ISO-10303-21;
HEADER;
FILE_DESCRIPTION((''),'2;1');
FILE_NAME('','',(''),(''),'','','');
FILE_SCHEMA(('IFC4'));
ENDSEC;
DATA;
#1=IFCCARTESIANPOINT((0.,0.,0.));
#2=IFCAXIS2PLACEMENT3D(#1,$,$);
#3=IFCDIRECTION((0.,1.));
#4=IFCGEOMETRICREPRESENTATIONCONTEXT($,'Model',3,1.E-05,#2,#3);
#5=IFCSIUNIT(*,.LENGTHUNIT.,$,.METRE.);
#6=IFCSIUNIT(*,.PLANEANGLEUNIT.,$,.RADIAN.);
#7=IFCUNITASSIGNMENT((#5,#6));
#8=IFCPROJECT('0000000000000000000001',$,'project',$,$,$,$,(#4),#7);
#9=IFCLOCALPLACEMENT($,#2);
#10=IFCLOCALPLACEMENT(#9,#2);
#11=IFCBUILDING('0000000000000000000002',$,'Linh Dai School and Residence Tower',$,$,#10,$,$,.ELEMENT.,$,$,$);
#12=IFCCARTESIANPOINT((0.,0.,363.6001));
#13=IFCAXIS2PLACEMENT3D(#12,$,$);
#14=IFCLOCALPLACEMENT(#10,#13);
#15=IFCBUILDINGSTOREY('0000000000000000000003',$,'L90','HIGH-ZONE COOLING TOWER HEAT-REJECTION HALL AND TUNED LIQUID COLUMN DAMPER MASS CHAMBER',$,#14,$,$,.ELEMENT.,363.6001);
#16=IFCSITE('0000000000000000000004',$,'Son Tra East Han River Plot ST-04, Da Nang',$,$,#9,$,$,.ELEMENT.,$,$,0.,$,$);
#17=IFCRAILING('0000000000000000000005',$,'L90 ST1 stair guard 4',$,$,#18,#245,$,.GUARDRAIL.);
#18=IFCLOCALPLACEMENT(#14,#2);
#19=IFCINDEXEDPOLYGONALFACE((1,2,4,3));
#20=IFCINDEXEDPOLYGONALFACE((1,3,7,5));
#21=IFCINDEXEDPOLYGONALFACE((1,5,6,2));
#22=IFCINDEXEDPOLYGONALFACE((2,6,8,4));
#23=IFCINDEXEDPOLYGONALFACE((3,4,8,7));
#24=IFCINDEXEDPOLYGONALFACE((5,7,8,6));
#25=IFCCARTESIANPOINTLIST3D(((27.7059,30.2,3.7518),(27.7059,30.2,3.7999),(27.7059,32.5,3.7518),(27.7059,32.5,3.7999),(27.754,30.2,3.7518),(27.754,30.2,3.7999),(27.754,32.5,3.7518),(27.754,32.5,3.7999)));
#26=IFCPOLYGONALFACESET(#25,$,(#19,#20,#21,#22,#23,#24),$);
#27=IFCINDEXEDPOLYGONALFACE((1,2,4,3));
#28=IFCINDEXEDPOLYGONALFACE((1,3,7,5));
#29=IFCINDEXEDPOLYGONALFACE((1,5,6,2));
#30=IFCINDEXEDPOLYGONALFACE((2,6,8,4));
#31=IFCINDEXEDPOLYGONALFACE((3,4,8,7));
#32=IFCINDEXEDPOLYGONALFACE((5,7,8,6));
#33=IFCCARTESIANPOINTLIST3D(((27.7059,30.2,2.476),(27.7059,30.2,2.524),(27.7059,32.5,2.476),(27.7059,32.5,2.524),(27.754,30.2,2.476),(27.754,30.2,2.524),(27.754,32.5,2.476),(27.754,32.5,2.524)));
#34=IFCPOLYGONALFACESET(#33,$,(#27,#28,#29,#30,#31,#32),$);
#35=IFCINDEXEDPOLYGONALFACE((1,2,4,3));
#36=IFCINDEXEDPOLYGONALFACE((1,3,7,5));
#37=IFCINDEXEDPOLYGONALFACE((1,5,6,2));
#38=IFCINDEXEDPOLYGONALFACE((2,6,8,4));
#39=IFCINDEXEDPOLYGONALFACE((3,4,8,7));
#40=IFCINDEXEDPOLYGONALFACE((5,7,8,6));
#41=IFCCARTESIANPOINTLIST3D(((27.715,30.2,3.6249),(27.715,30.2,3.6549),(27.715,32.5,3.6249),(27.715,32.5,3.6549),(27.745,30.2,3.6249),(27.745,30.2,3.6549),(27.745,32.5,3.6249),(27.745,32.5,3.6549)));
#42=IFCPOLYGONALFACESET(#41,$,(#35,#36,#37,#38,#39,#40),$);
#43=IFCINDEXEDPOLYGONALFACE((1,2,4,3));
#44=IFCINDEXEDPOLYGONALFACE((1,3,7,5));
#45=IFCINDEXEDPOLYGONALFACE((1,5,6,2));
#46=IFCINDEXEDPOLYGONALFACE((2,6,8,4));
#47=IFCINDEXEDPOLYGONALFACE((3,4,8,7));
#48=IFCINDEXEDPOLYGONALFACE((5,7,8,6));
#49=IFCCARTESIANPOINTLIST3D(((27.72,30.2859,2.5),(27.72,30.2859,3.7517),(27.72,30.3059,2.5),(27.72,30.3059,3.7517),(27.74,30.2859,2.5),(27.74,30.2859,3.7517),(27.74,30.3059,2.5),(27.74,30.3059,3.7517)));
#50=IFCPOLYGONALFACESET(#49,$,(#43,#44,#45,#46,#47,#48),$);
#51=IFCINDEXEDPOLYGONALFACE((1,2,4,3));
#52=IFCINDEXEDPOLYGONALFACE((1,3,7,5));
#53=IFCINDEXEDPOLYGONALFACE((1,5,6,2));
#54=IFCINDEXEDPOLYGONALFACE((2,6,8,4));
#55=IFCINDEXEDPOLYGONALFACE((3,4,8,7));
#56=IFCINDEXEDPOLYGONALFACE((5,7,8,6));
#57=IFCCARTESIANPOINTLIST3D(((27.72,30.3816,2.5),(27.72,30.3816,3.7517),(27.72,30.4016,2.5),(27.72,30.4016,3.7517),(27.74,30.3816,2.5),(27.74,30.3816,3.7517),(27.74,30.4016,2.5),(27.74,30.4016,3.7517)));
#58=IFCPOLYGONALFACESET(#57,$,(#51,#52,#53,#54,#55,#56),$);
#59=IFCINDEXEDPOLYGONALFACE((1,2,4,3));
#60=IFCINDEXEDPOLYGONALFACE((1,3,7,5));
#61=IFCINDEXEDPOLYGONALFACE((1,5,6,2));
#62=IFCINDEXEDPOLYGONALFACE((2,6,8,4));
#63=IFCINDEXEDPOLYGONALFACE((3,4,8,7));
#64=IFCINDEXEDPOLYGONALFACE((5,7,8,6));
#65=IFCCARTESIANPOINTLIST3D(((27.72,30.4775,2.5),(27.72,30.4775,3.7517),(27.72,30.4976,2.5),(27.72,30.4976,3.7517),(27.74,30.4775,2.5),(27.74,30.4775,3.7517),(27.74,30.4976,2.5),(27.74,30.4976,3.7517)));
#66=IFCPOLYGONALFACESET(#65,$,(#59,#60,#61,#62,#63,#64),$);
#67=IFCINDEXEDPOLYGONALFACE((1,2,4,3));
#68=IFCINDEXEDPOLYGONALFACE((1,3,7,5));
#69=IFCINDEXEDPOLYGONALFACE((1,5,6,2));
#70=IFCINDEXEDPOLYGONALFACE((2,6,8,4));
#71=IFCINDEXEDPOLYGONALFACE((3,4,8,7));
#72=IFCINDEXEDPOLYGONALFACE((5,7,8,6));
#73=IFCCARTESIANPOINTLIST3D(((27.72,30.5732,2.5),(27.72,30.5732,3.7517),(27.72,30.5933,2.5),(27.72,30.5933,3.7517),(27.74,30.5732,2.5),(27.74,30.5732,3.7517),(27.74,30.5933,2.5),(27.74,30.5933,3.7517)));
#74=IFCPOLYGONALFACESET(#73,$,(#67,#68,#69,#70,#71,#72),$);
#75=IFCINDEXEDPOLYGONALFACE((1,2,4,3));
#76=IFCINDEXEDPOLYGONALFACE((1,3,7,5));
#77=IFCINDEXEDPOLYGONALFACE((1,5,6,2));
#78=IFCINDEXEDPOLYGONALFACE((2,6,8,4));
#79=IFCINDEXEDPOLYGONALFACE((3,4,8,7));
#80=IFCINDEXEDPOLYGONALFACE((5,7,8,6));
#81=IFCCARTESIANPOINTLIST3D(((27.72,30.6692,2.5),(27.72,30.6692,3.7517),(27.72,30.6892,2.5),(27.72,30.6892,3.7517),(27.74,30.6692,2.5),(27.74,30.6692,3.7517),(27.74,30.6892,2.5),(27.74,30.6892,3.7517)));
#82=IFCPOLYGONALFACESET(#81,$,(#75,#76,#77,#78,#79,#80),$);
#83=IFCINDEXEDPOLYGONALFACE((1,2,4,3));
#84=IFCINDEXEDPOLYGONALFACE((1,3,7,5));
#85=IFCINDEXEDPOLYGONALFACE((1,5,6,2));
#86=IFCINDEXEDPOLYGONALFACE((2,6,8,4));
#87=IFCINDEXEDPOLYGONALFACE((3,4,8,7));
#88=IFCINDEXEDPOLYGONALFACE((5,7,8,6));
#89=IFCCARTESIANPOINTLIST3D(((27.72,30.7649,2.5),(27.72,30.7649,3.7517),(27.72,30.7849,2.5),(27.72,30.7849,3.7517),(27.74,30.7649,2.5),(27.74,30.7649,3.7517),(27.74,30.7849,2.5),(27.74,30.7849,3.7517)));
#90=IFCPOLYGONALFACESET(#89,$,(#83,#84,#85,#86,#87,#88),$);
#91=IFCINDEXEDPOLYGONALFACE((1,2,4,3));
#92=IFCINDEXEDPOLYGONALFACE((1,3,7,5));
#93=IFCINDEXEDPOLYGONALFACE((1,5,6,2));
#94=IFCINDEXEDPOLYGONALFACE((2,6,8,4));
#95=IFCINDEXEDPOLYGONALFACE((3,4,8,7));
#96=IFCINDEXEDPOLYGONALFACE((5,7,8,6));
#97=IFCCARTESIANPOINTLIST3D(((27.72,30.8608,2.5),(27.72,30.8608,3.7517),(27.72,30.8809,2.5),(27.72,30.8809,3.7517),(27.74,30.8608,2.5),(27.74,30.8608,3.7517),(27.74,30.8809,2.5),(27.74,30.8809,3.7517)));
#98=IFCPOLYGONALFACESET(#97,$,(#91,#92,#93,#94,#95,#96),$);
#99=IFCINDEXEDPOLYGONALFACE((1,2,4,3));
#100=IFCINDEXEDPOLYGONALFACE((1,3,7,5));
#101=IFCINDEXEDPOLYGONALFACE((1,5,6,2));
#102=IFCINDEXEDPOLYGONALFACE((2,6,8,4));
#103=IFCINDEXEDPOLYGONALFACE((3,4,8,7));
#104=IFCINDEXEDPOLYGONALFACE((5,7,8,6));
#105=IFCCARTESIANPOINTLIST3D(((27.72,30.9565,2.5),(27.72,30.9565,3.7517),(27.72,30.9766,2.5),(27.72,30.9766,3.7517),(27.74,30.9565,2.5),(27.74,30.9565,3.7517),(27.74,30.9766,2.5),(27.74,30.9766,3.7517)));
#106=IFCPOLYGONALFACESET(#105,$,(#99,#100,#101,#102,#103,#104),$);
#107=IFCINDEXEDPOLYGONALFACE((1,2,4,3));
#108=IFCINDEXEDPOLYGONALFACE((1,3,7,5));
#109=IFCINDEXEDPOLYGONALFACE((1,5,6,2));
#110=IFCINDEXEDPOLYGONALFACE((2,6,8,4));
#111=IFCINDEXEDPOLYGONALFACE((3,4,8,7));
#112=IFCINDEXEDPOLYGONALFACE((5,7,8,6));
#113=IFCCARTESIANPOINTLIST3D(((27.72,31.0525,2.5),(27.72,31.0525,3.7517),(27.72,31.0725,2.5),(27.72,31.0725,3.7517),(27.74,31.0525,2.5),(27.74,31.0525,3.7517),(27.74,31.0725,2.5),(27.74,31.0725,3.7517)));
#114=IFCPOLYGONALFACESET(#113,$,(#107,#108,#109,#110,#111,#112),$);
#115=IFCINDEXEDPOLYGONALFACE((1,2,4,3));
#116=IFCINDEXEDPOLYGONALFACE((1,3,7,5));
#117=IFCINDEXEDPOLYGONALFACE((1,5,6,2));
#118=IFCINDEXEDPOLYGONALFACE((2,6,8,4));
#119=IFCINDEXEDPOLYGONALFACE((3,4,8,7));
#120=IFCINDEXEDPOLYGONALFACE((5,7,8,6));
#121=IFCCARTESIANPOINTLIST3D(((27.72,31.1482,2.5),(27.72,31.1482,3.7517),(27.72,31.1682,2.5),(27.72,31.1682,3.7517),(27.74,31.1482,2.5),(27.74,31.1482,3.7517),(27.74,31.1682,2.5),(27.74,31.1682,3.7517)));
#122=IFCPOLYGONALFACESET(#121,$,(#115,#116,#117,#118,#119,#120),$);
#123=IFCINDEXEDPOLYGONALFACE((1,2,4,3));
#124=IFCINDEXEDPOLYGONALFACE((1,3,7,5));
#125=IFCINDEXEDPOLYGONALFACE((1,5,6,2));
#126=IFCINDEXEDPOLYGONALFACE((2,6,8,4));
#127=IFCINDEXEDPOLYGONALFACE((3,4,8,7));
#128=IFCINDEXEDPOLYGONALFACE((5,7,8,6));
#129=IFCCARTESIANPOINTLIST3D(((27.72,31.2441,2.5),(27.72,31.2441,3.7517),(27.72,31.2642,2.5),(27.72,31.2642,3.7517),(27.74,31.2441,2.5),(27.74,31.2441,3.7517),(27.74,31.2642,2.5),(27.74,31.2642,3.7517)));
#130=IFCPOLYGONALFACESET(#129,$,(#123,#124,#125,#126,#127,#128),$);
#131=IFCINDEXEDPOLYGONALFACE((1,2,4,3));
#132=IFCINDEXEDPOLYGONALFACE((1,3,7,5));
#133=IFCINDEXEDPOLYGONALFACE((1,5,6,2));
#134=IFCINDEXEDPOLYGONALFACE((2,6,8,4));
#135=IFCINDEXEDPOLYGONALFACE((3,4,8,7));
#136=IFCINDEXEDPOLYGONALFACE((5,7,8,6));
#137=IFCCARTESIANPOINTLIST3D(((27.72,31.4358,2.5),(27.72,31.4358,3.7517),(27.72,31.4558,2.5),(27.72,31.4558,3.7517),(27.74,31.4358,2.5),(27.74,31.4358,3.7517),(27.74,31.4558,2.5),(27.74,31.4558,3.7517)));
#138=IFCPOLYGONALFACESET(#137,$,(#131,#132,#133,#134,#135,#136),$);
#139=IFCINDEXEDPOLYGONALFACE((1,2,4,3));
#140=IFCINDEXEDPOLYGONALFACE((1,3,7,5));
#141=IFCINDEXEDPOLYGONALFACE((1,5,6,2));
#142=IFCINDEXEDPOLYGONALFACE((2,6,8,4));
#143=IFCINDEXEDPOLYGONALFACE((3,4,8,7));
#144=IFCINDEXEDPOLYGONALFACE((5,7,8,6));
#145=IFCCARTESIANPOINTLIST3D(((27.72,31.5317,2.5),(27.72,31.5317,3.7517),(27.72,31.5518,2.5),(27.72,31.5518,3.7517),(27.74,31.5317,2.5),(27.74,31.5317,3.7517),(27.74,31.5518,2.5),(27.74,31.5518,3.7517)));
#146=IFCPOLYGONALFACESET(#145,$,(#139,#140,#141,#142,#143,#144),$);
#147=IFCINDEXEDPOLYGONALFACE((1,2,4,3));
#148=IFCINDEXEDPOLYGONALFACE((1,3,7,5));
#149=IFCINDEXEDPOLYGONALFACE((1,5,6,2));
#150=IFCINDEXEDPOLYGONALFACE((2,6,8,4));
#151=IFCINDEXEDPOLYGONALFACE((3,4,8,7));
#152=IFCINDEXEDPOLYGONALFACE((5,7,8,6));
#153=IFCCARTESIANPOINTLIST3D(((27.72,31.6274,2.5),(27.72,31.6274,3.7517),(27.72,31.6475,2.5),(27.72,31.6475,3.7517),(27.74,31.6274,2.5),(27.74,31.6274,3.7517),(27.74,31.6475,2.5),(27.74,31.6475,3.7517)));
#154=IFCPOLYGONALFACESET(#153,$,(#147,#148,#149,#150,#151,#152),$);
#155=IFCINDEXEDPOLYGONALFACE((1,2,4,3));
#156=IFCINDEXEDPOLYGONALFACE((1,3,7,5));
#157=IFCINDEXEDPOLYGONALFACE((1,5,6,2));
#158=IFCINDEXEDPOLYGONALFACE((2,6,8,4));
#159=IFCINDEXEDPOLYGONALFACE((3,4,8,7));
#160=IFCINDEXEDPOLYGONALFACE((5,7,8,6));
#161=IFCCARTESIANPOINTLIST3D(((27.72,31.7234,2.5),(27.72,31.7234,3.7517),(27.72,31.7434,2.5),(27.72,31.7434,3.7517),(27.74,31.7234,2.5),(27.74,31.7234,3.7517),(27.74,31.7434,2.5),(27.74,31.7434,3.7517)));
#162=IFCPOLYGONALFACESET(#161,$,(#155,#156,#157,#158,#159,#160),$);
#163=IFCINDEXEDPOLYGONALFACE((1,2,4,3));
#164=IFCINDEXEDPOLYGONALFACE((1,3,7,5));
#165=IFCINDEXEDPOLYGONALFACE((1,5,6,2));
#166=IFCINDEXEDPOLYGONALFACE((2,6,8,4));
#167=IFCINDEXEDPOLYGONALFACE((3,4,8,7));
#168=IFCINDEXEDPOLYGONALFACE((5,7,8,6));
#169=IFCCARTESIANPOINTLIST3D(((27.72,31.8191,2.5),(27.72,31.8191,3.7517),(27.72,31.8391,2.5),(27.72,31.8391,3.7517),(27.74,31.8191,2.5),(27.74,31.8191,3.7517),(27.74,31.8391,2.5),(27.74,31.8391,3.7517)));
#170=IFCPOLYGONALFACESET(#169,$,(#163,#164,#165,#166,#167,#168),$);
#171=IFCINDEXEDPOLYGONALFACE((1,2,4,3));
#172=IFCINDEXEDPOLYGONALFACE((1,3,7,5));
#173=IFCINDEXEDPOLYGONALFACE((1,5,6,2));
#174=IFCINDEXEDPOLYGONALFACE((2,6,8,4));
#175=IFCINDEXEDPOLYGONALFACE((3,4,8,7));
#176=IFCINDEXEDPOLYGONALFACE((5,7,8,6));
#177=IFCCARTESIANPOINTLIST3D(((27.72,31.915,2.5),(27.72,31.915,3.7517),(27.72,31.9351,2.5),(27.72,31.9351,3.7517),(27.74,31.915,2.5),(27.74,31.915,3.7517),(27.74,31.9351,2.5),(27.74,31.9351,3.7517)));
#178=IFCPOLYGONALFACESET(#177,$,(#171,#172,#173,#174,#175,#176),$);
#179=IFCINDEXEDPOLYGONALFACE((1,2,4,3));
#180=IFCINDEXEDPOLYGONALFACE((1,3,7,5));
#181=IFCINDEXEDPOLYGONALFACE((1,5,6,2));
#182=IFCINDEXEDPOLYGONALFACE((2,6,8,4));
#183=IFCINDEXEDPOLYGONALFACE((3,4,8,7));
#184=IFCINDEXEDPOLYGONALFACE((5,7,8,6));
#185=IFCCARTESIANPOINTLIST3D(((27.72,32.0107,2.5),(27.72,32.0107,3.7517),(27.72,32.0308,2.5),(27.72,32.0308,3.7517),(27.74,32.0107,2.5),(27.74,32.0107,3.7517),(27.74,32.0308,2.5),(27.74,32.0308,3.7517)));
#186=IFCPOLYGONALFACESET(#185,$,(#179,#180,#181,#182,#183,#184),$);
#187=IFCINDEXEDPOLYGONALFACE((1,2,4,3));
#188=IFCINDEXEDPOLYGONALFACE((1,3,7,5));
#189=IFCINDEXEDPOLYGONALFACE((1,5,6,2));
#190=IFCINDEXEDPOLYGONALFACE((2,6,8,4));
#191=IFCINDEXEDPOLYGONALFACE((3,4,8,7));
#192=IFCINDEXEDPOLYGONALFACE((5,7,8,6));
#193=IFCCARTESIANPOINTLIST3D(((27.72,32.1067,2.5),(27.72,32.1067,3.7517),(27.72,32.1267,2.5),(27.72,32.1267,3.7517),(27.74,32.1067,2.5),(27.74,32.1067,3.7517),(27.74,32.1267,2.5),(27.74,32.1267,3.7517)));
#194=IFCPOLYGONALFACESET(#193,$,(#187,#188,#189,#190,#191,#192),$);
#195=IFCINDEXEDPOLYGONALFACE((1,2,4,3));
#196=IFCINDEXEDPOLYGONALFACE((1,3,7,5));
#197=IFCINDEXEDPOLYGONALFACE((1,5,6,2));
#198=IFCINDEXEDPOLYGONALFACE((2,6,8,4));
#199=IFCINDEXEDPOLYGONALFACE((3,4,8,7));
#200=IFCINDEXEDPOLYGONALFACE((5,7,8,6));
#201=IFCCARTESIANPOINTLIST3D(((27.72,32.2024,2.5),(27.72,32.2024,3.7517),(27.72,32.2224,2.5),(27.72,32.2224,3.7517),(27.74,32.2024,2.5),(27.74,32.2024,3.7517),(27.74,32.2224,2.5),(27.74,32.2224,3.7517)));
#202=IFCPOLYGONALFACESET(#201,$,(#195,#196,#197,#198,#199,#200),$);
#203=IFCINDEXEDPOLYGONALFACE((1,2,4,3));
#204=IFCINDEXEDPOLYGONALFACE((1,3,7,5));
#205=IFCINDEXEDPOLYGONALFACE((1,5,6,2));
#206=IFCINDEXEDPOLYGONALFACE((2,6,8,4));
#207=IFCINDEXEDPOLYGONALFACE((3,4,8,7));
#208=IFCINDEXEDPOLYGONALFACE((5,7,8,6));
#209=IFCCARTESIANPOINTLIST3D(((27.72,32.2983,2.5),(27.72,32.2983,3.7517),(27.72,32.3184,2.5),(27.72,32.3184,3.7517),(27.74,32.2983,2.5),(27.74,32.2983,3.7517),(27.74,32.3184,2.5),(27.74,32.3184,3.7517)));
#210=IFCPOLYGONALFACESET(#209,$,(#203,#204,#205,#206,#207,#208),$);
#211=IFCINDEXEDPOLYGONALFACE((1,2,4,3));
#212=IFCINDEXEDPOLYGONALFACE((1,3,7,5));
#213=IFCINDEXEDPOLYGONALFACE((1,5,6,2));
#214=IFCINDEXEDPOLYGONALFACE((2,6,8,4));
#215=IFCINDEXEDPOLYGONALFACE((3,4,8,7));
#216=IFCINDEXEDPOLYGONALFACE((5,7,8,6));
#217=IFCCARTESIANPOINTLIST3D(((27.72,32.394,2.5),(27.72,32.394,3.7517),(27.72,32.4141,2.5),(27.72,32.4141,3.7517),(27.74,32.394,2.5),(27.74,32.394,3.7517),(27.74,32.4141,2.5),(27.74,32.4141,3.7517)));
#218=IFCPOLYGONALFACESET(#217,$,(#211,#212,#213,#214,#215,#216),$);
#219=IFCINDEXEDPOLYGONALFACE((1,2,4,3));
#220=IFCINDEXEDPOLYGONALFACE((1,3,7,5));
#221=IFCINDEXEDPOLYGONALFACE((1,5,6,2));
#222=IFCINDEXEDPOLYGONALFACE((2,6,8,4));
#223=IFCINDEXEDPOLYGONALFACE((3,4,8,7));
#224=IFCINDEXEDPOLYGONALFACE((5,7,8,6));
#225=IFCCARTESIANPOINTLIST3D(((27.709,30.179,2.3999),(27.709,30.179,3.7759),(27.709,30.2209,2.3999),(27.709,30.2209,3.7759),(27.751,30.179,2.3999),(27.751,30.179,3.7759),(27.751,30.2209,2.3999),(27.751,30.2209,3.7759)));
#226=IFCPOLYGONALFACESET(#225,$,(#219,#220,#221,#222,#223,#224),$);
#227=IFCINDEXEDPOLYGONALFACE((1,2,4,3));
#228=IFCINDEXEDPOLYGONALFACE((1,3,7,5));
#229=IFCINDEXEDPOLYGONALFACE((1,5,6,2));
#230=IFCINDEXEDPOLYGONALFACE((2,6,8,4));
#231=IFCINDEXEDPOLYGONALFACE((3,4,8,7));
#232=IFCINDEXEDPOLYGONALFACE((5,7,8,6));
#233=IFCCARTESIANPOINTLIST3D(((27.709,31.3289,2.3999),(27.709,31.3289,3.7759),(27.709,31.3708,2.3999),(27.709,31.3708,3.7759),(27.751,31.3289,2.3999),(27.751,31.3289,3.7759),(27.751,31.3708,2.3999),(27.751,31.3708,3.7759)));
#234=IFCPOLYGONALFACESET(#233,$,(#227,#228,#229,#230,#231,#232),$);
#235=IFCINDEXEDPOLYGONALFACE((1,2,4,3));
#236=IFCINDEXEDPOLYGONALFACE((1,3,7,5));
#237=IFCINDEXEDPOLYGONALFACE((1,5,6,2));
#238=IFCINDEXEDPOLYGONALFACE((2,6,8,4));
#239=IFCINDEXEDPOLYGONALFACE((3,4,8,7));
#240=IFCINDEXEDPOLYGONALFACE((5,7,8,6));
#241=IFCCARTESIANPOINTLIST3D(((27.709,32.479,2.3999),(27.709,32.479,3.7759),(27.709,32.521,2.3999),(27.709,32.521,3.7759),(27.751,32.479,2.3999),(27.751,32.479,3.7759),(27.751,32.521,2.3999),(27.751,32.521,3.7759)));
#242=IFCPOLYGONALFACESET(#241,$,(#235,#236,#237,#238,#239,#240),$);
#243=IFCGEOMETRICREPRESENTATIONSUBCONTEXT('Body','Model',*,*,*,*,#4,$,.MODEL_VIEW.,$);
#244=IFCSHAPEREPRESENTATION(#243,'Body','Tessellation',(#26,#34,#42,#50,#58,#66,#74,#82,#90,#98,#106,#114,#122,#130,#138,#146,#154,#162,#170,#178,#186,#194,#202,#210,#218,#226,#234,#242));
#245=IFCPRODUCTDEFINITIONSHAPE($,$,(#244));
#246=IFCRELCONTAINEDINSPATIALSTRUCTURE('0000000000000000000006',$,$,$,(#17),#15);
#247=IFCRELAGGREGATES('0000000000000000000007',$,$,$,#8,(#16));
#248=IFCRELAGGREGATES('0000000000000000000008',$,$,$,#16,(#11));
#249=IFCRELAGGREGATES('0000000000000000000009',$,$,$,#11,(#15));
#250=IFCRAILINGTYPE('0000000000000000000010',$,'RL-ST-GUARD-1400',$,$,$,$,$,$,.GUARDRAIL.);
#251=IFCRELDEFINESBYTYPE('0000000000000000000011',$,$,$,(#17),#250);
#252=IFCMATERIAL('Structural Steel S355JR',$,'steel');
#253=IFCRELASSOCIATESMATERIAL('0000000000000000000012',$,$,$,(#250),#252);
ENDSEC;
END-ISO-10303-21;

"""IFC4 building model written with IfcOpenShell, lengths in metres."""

from ifc_helpers import new_model, si_unit, direction, frame, origin, origin_2d, place, context, subcontext, project, spatial, rectangle, extrude, source, transform, mapped, material, type_object, element, save


model = new_model("IFC4")

# Units and contexts
model_context = context("Model", 3, precision=1e-05, world=origin(), true_north=direction((0.0, 1.0)))
body_context = subcontext(model_context, "Body", "Model", "MODEL_VIEW")
ifc_project = project(units=[si_unit("LENGTHUNIT", "METRE"), si_unit("PLANEANGLEUNIT", "RADIAN")], contexts=[model_context])

# Site, building, storey
site_placement = place(None, origin())
site = spatial("IfcSite", under=ifc_project, at=site_placement, Name="Son Tra East Han River Plot ST-04, Da Nang", CompositionType="ELEMENT", RefElevation=0.0)
building_placement = place(site_placement, origin())
building = spatial("IfcBuilding", under=site, at=building_placement, Name="Linh Dai School and Residence Tower", CompositionType="ELEMENT")
storey_placement = place(building_placement, frame((0.0, 0.0, 363.6001)))
storey = spatial("IfcBuildingStorey", under=building, at=storey_placement, Name="L90", Description="HIGH-ZONE COOLING TOWER HEAT-REJECTION HALL AND TUNED LIQUID COLUMN DAMPER MASS CHAMBER", CompositionType="ELEMENT", Elevation=363.6001)

# Railing
ifc_material_1 = material(Name="Structural Steel S355JR", Category="steel")
railing_type_1 = type_object("IfcRailingType", Name="RL-ST-GUARD-1400", PredefinedType="GUARDRAIL", material=ifc_material_1)
shared_shape_1 = source(origin(), body_context, "Body", "SweptSolid", [
    extrude(rectangle(XDim=0.0481, YDim=0.0481, at=origin_2d()), frame((0.0, 0.0, 1.376), z_axis=(0.0, 1.0, 0.0), x_axis=(-1.0, 0.0, 0.0)), (0.0, 0.0, 1.0), 2.3),
    extrude(rectangle(XDim=0.0481, YDim=0.0481, at=origin_2d()), frame((0.0, 0.0, 0.1001), z_axis=(0.0, 1.0, 0.0), x_axis=(-1.0, 0.0, 0.0)), (0.0, 0.0, 1.0), 2.3),
    extrude(rectangle(XDim=0.03, YDim=0.03, at=origin_2d()), frame((0.0, 0.0, 1.24), z_axis=(0.0, 1.0, 0.0), x_axis=(-1.0, 0.0, 0.0)), (0.0, 0.0, 1.0), 2.3),
    extrude(rectangle(XDim=0.02, YDim=0.02, at=origin_2d()), frame((0.0, 0.0959, 0.1001)), (0.0, 0.0, 1.0), 1.2517),
    extrude(rectangle(XDim=0.02, YDim=0.02, at=origin_2d()), frame((0.0, 0.1917, 0.1001)), (0.0, 0.0, 1.0), 1.2517),
    extrude(rectangle(XDim=0.02, YDim=0.02, at=origin_2d()), frame((0.0, 0.2876, 0.1001)), (0.0, 0.0, 1.0), 1.2517),
    extrude(rectangle(XDim=0.02, YDim=0.02, at=origin_2d()), frame((0.0, 0.3833, 0.1001)), (0.0, 0.0, 1.0), 1.2517),
    extrude(rectangle(XDim=0.02, YDim=0.02, at=origin_2d()), frame((0.0, 0.4792, 0.1001)), (0.0, 0.0, 1.0), 1.2517),
    extrude(rectangle(XDim=0.02, YDim=0.02, at=origin_2d()), frame((0.0, 0.575, 0.1001)), (0.0, 0.0, 1.0), 1.2517),
    extrude(rectangle(XDim=0.02, YDim=0.02, at=origin_2d()), frame((0.0, 0.6709, 0.1001)), (0.0, 0.0, 1.0), 1.2517),
    extrude(rectangle(XDim=0.02, YDim=0.02, at=origin_2d()), frame((0.0, 0.7666, 0.1001)), (0.0, 0.0, 1.0), 1.2517),
    extrude(rectangle(XDim=0.02, YDim=0.02, at=origin_2d()), frame((0.0, 0.8625, 0.1001)), (0.0, 0.0, 1.0), 1.2517),
    extrude(rectangle(XDim=0.02, YDim=0.02, at=origin_2d()), frame((0.0, 0.9583, 0.1001)), (0.0, 0.0, 1.0), 1.2517),
    extrude(rectangle(XDim=0.02, YDim=0.02, at=origin_2d()), frame((0.0, 1.0542, 0.1001)), (0.0, 0.0, 1.0), 1.2517),
    extrude(rectangle(XDim=0.02, YDim=0.02, at=origin_2d()), frame((0.0, 1.2458, 0.1001)), (0.0, 0.0, 1.0), 1.2517),
    extrude(rectangle(XDim=0.02, YDim=0.02, at=origin_2d()), frame((0.0, 1.3418, 0.1001)), (0.0, 0.0, 1.0), 1.2517),
    extrude(rectangle(XDim=0.02, YDim=0.02, at=origin_2d()), frame((0.0, 1.4375, 0.1001)), (0.0, 0.0, 1.0), 1.2517),
    extrude(rectangle(XDim=0.02, YDim=0.02, at=origin_2d()), frame((0.0, 1.5334, 0.1001)), (0.0, 0.0, 1.0), 1.2517),
    extrude(rectangle(XDim=0.02, YDim=0.02, at=origin_2d()), frame((0.0, 1.6292, 0.1001)), (0.0, 0.0, 1.0), 1.2517),
    extrude(rectangle(XDim=0.02, YDim=0.02, at=origin_2d()), frame((0.0, 1.7251, 0.1001)), (0.0, 0.0, 1.0), 1.2517),
    extrude(rectangle(XDim=0.02, YDim=0.02, at=origin_2d()), frame((0.0, 1.8208, 0.1001)), (0.0, 0.0, 1.0), 1.2517),
    extrude(rectangle(XDim=0.02, YDim=0.02, at=origin_2d()), frame((0.0, 1.9167, 0.1001)), (0.0, 0.0, 1.0), 1.2517),
    extrude(rectangle(XDim=0.02, YDim=0.02, at=origin_2d()), frame((0.0, 2.0125, 0.1001)), (0.0, 0.0, 1.0), 1.2517),
    extrude(rectangle(XDim=0.02, YDim=0.02, at=origin_2d()), frame((0.0, 2.1084, 0.1001)), (0.0, 0.0, 1.0), 1.2517),
    extrude(rectangle(XDim=0.02, YDim=0.02, at=origin_2d()), frame((0.0, 2.2041, 0.1001)), (0.0, 0.0, 1.0), 1.2517),
    extrude(rectangle(XDim=0.042, YDim=0.042, at=origin_2d()), origin(), (0.0, 0.0, 1.0), 1.376),
    extrude(rectangle(XDim=0.042, YDim=0.042, at=origin_2d()), frame((0.0, 1.1499, 0.0)), (0.0, 0.0, 1.0), 1.376),
    extrude(rectangle(XDim=0.042, YDim=0.042, at=origin_2d()), frame((0.0, 2.3, 0.0)), (0.0, 0.0, 1.0), 1.376),
])
for number, where, name in (
    (1, (27.73, 30.2, 2.3999), "L90 ST1 stair guard 4"),
):
    element("IfcRailing", number, at=place(storey_placement, frame(where)), inside=storey, type_object=railing_type_1, Name=name, PredefinedType="GUARDRAIL", context=body_context, shape_type="MappedRepresentation", body=[
        mapped(shared_shape_1, transform((0.0, 0.0, 0.0), x_axis=(1.0, 0.0, 0.0), y_axis=(0.0, 1.0, 0.0), z_axis=(0.0, 0.0, 1.0), scale=1.0)),
    ])

save(model, "model.ifc")
